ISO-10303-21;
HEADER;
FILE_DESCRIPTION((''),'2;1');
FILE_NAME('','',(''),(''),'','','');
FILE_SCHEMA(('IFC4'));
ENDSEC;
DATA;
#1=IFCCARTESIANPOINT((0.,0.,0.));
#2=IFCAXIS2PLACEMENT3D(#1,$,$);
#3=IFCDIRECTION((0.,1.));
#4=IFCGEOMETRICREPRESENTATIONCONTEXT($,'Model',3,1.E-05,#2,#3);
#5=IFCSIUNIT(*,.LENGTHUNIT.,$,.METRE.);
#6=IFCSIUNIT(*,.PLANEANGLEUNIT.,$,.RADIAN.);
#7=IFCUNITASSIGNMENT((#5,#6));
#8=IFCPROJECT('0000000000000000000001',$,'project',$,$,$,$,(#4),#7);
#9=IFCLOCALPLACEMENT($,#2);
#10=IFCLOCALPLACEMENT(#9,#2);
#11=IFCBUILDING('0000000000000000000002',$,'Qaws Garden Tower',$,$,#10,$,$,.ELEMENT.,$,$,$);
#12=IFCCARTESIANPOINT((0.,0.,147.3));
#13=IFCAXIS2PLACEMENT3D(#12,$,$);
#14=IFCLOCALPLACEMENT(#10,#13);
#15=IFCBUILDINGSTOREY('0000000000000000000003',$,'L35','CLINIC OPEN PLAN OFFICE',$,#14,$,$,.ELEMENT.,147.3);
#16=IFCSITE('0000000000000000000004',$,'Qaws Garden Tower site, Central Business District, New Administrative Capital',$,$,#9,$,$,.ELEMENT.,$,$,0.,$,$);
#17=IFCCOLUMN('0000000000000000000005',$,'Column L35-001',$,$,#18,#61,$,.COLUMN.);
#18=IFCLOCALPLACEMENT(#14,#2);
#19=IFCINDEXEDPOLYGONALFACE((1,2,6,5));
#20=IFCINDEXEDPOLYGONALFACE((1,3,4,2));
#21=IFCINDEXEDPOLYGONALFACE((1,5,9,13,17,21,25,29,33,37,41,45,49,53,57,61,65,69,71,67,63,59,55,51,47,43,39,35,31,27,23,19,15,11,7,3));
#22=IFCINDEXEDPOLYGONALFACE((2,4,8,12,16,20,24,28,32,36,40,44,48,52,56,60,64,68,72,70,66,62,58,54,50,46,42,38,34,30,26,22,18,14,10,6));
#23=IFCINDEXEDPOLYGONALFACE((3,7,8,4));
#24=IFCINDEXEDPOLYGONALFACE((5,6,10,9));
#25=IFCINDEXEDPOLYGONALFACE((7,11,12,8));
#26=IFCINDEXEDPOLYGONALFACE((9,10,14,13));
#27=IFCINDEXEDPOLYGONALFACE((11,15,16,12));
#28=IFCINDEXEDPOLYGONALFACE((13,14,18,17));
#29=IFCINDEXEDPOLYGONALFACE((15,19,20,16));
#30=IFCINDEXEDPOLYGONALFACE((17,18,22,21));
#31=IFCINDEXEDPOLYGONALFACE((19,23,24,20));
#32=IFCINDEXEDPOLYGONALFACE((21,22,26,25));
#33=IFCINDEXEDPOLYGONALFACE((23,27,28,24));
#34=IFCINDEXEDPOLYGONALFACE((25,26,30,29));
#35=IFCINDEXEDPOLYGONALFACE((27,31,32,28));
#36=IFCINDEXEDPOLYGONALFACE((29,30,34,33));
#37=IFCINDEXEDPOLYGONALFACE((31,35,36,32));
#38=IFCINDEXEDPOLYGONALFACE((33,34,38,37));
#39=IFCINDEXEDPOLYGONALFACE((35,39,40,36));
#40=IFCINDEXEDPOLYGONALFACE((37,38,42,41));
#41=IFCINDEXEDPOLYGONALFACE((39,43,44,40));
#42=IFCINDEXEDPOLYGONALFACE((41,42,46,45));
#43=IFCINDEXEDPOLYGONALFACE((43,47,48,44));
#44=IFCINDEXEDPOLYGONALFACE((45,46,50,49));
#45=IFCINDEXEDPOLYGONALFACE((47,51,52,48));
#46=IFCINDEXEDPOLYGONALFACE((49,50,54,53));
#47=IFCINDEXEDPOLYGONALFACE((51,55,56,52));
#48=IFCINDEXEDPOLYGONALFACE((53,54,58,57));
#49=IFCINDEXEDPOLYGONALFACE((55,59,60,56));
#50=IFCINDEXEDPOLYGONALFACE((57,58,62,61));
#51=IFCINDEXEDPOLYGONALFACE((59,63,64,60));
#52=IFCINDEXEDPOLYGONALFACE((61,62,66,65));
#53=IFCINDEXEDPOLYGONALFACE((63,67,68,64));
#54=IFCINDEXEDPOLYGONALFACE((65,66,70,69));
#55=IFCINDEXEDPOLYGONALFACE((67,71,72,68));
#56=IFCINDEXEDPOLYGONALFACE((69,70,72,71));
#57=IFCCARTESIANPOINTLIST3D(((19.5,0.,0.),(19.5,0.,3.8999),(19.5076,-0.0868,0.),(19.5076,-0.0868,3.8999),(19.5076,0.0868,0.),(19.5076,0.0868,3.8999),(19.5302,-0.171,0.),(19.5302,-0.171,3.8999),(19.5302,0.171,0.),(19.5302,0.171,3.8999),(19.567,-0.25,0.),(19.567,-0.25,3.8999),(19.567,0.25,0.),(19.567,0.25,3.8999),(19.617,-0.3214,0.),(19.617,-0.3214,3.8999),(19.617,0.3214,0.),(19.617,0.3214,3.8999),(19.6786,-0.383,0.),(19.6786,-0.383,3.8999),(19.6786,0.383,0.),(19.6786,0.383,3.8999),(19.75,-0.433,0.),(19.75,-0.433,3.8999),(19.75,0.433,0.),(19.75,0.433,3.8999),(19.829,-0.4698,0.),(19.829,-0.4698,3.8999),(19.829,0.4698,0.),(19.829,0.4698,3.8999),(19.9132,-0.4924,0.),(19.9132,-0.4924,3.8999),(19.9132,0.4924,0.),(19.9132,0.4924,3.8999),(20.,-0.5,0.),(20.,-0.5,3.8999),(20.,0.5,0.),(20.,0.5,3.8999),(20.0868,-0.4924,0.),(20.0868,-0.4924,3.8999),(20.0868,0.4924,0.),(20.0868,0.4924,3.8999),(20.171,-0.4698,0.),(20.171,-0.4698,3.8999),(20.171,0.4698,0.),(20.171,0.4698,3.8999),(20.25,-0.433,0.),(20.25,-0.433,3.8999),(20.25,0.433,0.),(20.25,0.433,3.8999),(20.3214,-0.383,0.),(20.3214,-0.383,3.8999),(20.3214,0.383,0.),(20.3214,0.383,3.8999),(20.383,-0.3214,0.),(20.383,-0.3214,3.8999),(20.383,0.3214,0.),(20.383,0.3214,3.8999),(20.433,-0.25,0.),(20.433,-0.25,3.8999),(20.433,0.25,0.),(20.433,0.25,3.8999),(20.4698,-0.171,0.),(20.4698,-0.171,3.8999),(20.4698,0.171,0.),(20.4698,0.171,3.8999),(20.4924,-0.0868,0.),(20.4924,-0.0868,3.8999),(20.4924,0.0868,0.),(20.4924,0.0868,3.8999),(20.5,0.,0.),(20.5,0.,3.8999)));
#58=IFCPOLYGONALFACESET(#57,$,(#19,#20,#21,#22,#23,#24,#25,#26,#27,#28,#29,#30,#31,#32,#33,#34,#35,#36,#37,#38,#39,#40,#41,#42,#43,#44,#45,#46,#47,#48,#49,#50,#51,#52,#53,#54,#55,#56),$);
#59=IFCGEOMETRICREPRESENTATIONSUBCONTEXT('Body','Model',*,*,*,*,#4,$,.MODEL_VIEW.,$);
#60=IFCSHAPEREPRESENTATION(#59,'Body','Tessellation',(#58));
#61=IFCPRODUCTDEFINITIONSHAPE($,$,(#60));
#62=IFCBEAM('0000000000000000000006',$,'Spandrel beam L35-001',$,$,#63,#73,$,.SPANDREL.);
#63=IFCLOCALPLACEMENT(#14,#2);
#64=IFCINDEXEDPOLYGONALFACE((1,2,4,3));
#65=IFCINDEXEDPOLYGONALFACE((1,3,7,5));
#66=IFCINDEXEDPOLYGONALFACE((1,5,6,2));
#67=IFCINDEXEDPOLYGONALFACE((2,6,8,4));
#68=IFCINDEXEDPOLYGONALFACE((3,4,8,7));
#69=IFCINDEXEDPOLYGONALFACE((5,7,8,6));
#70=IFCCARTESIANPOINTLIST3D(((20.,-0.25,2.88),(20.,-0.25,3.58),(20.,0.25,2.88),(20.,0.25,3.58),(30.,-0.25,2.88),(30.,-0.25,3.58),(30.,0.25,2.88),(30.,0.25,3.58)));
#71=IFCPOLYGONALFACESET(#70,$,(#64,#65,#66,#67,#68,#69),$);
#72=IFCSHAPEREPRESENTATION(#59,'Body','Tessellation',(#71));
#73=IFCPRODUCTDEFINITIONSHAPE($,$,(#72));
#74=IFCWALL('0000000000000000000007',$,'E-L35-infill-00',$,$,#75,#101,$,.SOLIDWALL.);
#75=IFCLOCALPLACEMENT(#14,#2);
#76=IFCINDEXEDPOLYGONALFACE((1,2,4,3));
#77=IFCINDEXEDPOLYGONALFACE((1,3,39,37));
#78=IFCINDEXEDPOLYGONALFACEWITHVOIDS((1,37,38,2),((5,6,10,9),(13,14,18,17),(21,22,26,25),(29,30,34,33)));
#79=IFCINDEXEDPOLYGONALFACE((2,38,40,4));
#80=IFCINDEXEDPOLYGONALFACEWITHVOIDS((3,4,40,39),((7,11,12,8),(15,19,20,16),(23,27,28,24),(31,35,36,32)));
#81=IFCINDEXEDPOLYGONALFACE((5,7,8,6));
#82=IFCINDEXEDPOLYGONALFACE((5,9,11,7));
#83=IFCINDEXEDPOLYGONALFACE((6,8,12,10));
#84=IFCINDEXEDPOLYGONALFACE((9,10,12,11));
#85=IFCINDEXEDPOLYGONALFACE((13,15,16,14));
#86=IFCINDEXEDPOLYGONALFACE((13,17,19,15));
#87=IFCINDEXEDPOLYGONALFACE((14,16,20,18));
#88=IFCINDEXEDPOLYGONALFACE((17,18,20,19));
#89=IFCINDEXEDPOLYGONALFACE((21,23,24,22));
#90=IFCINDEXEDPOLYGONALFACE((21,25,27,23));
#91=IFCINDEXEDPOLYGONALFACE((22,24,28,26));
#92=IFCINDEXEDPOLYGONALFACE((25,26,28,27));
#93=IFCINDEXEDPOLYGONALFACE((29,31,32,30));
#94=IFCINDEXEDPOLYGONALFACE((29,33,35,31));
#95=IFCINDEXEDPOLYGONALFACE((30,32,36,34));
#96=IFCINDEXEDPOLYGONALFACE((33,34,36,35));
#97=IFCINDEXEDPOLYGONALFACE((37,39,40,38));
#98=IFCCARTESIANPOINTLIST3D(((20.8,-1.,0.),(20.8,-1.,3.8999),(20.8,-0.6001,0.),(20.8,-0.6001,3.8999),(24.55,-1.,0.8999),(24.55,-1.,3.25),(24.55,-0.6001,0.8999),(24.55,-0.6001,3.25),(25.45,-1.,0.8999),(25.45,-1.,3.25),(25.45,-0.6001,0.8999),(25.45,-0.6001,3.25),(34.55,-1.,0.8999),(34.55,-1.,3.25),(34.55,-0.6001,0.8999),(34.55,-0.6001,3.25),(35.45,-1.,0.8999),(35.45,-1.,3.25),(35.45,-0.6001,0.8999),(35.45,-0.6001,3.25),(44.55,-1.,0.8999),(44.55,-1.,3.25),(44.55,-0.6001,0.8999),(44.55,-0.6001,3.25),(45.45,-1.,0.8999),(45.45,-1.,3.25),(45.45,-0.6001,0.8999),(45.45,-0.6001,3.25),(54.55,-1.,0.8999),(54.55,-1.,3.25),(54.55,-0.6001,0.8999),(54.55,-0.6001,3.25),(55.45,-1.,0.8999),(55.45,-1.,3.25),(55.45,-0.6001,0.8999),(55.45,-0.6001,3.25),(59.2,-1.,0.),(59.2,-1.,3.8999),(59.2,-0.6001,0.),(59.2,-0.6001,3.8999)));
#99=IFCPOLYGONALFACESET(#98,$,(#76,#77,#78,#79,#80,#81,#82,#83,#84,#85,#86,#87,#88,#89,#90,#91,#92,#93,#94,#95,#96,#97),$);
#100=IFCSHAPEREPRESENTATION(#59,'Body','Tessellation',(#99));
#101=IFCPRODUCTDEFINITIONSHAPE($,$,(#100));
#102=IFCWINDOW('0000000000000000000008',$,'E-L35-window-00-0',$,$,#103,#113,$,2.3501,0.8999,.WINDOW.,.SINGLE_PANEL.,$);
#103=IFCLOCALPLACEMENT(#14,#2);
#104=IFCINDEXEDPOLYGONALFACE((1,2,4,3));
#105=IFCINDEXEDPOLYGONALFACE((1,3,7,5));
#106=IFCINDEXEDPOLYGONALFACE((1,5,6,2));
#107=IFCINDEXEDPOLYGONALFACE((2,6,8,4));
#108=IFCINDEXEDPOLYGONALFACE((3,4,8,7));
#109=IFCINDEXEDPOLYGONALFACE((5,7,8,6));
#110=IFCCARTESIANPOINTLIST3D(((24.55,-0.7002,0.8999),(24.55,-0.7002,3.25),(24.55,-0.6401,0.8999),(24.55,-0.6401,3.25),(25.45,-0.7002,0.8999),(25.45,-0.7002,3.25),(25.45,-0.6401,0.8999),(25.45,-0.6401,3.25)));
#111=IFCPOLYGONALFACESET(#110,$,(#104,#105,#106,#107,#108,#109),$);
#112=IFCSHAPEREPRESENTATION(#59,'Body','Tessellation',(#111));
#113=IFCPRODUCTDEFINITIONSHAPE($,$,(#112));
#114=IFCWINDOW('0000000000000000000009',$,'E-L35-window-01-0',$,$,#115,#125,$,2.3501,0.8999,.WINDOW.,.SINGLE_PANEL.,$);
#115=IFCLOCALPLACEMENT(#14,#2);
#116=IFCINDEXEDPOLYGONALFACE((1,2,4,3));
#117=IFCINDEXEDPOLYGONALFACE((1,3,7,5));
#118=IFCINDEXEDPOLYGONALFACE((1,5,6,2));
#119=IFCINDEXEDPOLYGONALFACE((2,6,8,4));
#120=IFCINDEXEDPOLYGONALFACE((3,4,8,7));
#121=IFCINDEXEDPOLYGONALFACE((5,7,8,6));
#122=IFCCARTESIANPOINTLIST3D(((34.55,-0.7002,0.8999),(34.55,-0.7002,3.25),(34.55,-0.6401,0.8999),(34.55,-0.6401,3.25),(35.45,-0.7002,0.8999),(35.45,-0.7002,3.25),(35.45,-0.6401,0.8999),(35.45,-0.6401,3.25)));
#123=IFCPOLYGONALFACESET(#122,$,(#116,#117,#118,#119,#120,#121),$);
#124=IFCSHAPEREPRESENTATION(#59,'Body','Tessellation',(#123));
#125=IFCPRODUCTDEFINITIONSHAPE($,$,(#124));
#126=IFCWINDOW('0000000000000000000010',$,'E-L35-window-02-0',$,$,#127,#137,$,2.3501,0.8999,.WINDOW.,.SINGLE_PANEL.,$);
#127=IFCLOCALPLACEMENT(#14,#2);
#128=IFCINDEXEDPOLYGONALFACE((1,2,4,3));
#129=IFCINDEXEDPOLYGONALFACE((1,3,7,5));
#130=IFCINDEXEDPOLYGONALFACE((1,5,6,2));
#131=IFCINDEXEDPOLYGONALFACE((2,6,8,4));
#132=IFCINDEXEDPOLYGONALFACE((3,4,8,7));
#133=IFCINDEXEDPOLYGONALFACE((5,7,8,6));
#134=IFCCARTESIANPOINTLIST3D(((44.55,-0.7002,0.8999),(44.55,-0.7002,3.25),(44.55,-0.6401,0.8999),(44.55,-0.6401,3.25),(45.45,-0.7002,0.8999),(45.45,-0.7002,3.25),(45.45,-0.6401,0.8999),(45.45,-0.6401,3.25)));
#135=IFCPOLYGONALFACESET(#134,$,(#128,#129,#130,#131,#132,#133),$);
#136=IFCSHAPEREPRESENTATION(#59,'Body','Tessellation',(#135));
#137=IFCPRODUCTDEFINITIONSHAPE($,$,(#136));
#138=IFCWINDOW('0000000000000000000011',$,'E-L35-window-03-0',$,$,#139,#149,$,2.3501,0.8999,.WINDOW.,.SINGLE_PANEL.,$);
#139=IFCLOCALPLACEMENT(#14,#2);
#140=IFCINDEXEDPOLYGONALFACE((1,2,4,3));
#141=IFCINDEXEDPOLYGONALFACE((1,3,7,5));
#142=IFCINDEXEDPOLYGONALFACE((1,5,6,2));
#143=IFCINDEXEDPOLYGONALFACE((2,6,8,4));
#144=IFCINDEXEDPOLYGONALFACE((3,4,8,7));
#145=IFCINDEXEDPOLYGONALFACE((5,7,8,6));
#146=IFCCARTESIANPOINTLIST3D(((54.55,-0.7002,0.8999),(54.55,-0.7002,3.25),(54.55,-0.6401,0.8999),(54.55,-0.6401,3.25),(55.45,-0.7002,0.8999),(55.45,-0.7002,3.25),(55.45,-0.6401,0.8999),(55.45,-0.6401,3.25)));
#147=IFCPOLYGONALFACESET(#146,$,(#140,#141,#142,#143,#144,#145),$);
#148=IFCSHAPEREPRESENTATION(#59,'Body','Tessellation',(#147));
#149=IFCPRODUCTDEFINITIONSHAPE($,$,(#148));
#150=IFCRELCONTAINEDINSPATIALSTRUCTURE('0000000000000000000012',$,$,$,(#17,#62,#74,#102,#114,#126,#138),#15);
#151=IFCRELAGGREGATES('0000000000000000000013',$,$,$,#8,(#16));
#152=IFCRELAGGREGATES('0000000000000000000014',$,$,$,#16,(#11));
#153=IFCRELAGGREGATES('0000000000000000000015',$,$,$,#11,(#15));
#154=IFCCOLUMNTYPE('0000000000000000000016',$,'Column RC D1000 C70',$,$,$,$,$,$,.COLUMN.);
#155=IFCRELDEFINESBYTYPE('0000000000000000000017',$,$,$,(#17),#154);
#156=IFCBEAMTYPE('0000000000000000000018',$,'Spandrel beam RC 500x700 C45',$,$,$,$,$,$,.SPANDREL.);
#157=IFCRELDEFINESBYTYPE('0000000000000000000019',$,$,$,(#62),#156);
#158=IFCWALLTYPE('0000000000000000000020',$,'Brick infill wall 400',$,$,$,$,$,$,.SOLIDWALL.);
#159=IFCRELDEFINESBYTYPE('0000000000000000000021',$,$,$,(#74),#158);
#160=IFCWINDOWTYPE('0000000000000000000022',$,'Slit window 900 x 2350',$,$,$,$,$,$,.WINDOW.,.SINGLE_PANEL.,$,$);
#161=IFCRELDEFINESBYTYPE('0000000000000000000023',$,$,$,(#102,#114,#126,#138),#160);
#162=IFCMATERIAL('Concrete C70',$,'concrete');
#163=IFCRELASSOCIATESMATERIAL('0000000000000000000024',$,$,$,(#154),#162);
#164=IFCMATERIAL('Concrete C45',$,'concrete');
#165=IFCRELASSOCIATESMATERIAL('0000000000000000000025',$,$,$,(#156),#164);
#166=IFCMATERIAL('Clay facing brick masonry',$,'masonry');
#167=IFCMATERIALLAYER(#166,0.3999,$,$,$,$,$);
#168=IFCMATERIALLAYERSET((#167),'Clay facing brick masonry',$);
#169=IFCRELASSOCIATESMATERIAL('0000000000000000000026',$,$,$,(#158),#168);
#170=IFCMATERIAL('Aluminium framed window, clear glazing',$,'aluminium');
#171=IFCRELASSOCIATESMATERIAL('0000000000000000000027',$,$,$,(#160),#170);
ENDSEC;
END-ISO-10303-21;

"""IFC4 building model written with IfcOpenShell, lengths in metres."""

from ifc_helpers import new_model, si_unit, direction, frame, frame_2d, origin, origin_2d, place, context, subcontext, project, spatial, rectangle, circle, extrude, material, layer, layer_set, material_profile, profile_set, type_object, element, fill, save


model = new_model("IFC4")

# Units and contexts
model_context = context("Model", 3, precision=1e-05, world=origin(), true_north=direction((0.0, 1.0)))
body_context = subcontext(model_context, "Body", "Model", "MODEL_VIEW")
ifc_project = project(units=[si_unit("LENGTHUNIT", "METRE"), si_unit("PLANEANGLEUNIT", "RADIAN")], contexts=[model_context])

# Site, building, storey
site_placement = place(None, origin())
site = spatial("IfcSite", under=ifc_project, at=site_placement, Name="Qaws Garden Tower site, Central Business District, New Administrative Capital", CompositionType="ELEMENT", RefElevation=0.0)
building_placement = place(site_placement, origin())
building = spatial("IfcBuilding", under=site, at=building_placement, Name="Qaws Garden Tower", CompositionType="ELEMENT")
storey_placement = place(building_placement, frame((0.0, 0.0, 147.3)))
storey = spatial("IfcBuildingStorey", under=building, at=storey_placement, Name="L35", Description="CLINIC OPEN PLAN OFFICE", CompositionType="ELEMENT", Elevation=147.3)

# Column
ifc_material_1 = material(Name="Concrete C70", Category="concrete")
ifc_material_profile_1 = material_profile(ifc_material_1, circle(Radius=0.5, at=origin_2d()), Name="RC D1000")
ifc_profile_set_1 = profile_set([ifc_material_profile_1], Name="Concrete C70")
column_type = type_object("IfcColumnType", Name="Column RC D1000 C70", PredefinedType="COLUMN", material=ifc_profile_set_1)
column_placement = place(storey_placement, frame((20.0, 0.0, 0.0), z_axis=(0.0, 0.0, 1.0), x_axis=(1.0, 0.0, 0.0)))
element("IfcColumn", 1, at=column_placement, inside=storey, type_object=column_type, Name="Column L35-001", PredefinedType="COLUMN", context=body_context, shape_type="SweptSolid", body=[
    extrude(circle(Radius=0.5, at=origin_2d()), origin(), (0.0, 0.0, 1.0), 3.8999),
])

# Beam
ifc_material_2 = material(Name="Concrete C45", Category="concrete")
ifc_material_profile_2 = material_profile(ifc_material_2, rectangle(XDim=0.5, YDim=0.7, at=origin_2d()), Name="RC 500x700")
ifc_profile_set_2 = profile_set([ifc_material_profile_2], Name="Concrete C45")
beam_type = type_object("IfcBeamType", Name="Spandrel beam RC 500x700 C45", PredefinedType="SPANDREL", material=ifc_profile_set_2)
beam_placement = place(storey_placement, frame((20.0, 0.0, 3.23), z_axis=(1.0, 0.0, 0.0), x_axis=(0.0, 1.0, 0.0)))
element("IfcBeam", 2, at=beam_placement, inside=storey, type_object=beam_type, Name="Spandrel beam L35-001", PredefinedType="SPANDREL", context=body_context, shape_type="SweptSolid", body=[
    extrude(rectangle(XDim=0.5, YDim=0.7, at=origin_2d()), origin(), (0.0, 0.0, 1.0), 10.0),
])

# Wall, openings, windows
ifc_material_3 = material(Name="Clay facing brick masonry", Category="masonry")
ifc_layer_1 = layer(ifc_material_3, 0.3999)
ifc_layer_set_1 = layer_set([ifc_layer_1], Name="Clay facing brick masonry")
wall_type_1 = type_object("IfcWallType", Name="Brick infill wall 400", PredefinedType="SOLIDWALL", material=ifc_layer_set_1)
wall_1_placement = place(storey_placement, frame((20.8, -0.8, 0.0), z_axis=(0.0, 0.0, 1.0), x_axis=(1.0, 0.0, 0.0)))
wall_1 = element("IfcWall", 3, at=wall_1_placement, inside=storey, type_object=wall_type_1, Name="E-L35-infill-00", PredefinedType="SOLIDWALL", context=body_context, shape_type="SweptSolid", body=[
    extrude(rectangle(XDim=38.3999, YDim=0.3999, at=frame_2d((19.2, 0.0))), origin(), (0.0, 0.0, 1.0), 3.8999),
])
opening_1_placement = place(wall_1_placement, frame((3.75, 0.0, 0.8999)))
opening_1 = element("IfcOpeningElement", 4, at=opening_1_placement, cuts=wall_1, PredefinedType="OPENING", context=body_context, shape_type="SweptSolid", body=[
    extrude(rectangle(XDim=0.8999, YDim=2.3501, at=frame_2d((0.45, 1.175))), frame((0.0, 0.21, 0.0), z_axis=(0.0, -1.0, 0.0), x_axis=(1.0, 0.0, 0.0)), (0.0, 0.0, 1.0), 0.4199),
])
opening_2_placement = place(wall_1_placement, frame((13.75, 0.0, 0.8999)))
opening_2 = element("IfcOpeningElement", 5, at=opening_2_placement, cuts=wall_1, PredefinedType="OPENING", context=body_context, shape_type="SweptSolid", body=[
    extrude(rectangle(XDim=0.8999, YDim=2.3501, at=frame_2d((0.45, 1.175))), frame((0.0, 0.21, 0.0), z_axis=(0.0, -1.0, 0.0), x_axis=(1.0, 0.0, 0.0)), (0.0, 0.0, 1.0), 0.4199),
])
opening_3_placement = place(wall_1_placement, frame((23.75, 0.0, 0.8999)))
opening_3 = element("IfcOpeningElement", 6, at=opening_3_placement, cuts=wall_1, PredefinedType="OPENING", context=body_context, shape_type="SweptSolid", body=[
    extrude(rectangle(XDim=0.8999, YDim=2.3501, at=frame_2d((0.45, 1.175))), frame((0.0, 0.21, 0.0), z_axis=(0.0, -1.0, 0.0), x_axis=(1.0, 0.0, 0.0)), (0.0, 0.0, 1.0), 0.4199),
])
opening_4_placement = place(wall_1_placement, frame((33.75, 0.0, 0.8999)))
opening_4 = element("IfcOpeningElement", 7, at=opening_4_placement, cuts=wall_1, PredefinedType="OPENING", context=body_context, shape_type="SweptSolid", body=[
    extrude(rectangle(XDim=0.8999, YDim=2.3501, at=frame_2d((0.45, 1.175))), frame((0.0, 0.21, 0.0), z_axis=(0.0, -1.0, 0.0), x_axis=(1.0, 0.0, 0.0)), (0.0, 0.0, 1.0), 0.4199),
])
ifc_material_4 = material(Name="Aluminium framed window, clear glazing", Category="aluminium")
window_type = type_object("IfcWindowType", Name="Slit window 900 x 2350", PartitioningType="SINGLE_PANEL", PredefinedType="WINDOW", material=ifc_material_4)
window_1_placement = place(opening_1_placement, origin())
window_1 = element("IfcWindow", 8, at=window_1_placement, inside=storey, type_object=window_type, Name="E-L35-window-00-0", OverallHeight=2.3501, OverallWidth=0.8999, PartitioningType="SINGLE_PANEL", PredefinedType="WINDOW", context=body_context, shape_type="SweptSolid", body=[
    extrude(rectangle(XDim=0.8999, YDim=2.3501, at=frame_2d((0.45, 1.175))), frame((0.0, 0.1599, 0.0), z_axis=(0.0, -1.0, 0.0), x_axis=(1.0, 0.0, 0.0)), (0.0, 0.0, 1.0), 0.0601),
])
fill(opening_1, window_1)
window_2_placement = place(opening_2_placement, origin())
window_2 = element("IfcWindow", 9, at=window_2_placement, inside=storey, type_object=window_type, Name="E-L35-window-01-0", OverallHeight=2.3501, OverallWidth=0.8999, PartitioningType="SINGLE_PANEL", PredefinedType="WINDOW", context=body_context, shape_type="SweptSolid", body=[
    extrude(rectangle(XDim=0.8999, YDim=2.3501, at=frame_2d((0.45, 1.175))), frame((0.0, 0.1599, 0.0), z_axis=(0.0, -1.0, 0.0), x_axis=(1.0, 0.0, 0.0)), (0.0, 0.0, 1.0), 0.0601),
])
fill(opening_2, window_2)
window_3_placement = place(opening_3_placement, origin())
window_3 = element("IfcWindow", 10, at=window_3_placement, inside=storey, type_object=window_type, Name="E-L35-window-02-0", OverallHeight=2.3501, OverallWidth=0.8999, PartitioningType="SINGLE_PANEL", PredefinedType="WINDOW", context=body_context, shape_type="SweptSolid", body=[
    extrude(rectangle(XDim=0.8999, YDim=2.3501, at=frame_2d((0.45, 1.175))), frame((0.0, 0.1599, 0.0), z_axis=(0.0, -1.0, 0.0), x_axis=(1.0, 0.0, 0.0)), (0.0, 0.0, 1.0), 0.0601),
])
fill(opening_3, window_3)
window_4_placement = place(opening_4_placement, origin())
window_4 = element("IfcWindow", 11, at=window_4_placement, inside=storey, type_object=window_type, Name="E-L35-window-03-0", OverallHeight=2.3501, OverallWidth=0.8999, PartitioningType="SINGLE_PANEL", PredefinedType="WINDOW", context=body_context, shape_type="SweptSolid", body=[
    extrude(rectangle(XDim=0.8999, YDim=2.3501, at=frame_2d((0.45, 1.175))), frame((0.0, 0.1599, 0.0), z_axis=(0.0, -1.0, 0.0), x_axis=(1.0, 0.0, 0.0)), (0.0, 0.0, 1.0), 0.0601),
])
fill(opening_4, window_4)

save(model, "model.ifc")
